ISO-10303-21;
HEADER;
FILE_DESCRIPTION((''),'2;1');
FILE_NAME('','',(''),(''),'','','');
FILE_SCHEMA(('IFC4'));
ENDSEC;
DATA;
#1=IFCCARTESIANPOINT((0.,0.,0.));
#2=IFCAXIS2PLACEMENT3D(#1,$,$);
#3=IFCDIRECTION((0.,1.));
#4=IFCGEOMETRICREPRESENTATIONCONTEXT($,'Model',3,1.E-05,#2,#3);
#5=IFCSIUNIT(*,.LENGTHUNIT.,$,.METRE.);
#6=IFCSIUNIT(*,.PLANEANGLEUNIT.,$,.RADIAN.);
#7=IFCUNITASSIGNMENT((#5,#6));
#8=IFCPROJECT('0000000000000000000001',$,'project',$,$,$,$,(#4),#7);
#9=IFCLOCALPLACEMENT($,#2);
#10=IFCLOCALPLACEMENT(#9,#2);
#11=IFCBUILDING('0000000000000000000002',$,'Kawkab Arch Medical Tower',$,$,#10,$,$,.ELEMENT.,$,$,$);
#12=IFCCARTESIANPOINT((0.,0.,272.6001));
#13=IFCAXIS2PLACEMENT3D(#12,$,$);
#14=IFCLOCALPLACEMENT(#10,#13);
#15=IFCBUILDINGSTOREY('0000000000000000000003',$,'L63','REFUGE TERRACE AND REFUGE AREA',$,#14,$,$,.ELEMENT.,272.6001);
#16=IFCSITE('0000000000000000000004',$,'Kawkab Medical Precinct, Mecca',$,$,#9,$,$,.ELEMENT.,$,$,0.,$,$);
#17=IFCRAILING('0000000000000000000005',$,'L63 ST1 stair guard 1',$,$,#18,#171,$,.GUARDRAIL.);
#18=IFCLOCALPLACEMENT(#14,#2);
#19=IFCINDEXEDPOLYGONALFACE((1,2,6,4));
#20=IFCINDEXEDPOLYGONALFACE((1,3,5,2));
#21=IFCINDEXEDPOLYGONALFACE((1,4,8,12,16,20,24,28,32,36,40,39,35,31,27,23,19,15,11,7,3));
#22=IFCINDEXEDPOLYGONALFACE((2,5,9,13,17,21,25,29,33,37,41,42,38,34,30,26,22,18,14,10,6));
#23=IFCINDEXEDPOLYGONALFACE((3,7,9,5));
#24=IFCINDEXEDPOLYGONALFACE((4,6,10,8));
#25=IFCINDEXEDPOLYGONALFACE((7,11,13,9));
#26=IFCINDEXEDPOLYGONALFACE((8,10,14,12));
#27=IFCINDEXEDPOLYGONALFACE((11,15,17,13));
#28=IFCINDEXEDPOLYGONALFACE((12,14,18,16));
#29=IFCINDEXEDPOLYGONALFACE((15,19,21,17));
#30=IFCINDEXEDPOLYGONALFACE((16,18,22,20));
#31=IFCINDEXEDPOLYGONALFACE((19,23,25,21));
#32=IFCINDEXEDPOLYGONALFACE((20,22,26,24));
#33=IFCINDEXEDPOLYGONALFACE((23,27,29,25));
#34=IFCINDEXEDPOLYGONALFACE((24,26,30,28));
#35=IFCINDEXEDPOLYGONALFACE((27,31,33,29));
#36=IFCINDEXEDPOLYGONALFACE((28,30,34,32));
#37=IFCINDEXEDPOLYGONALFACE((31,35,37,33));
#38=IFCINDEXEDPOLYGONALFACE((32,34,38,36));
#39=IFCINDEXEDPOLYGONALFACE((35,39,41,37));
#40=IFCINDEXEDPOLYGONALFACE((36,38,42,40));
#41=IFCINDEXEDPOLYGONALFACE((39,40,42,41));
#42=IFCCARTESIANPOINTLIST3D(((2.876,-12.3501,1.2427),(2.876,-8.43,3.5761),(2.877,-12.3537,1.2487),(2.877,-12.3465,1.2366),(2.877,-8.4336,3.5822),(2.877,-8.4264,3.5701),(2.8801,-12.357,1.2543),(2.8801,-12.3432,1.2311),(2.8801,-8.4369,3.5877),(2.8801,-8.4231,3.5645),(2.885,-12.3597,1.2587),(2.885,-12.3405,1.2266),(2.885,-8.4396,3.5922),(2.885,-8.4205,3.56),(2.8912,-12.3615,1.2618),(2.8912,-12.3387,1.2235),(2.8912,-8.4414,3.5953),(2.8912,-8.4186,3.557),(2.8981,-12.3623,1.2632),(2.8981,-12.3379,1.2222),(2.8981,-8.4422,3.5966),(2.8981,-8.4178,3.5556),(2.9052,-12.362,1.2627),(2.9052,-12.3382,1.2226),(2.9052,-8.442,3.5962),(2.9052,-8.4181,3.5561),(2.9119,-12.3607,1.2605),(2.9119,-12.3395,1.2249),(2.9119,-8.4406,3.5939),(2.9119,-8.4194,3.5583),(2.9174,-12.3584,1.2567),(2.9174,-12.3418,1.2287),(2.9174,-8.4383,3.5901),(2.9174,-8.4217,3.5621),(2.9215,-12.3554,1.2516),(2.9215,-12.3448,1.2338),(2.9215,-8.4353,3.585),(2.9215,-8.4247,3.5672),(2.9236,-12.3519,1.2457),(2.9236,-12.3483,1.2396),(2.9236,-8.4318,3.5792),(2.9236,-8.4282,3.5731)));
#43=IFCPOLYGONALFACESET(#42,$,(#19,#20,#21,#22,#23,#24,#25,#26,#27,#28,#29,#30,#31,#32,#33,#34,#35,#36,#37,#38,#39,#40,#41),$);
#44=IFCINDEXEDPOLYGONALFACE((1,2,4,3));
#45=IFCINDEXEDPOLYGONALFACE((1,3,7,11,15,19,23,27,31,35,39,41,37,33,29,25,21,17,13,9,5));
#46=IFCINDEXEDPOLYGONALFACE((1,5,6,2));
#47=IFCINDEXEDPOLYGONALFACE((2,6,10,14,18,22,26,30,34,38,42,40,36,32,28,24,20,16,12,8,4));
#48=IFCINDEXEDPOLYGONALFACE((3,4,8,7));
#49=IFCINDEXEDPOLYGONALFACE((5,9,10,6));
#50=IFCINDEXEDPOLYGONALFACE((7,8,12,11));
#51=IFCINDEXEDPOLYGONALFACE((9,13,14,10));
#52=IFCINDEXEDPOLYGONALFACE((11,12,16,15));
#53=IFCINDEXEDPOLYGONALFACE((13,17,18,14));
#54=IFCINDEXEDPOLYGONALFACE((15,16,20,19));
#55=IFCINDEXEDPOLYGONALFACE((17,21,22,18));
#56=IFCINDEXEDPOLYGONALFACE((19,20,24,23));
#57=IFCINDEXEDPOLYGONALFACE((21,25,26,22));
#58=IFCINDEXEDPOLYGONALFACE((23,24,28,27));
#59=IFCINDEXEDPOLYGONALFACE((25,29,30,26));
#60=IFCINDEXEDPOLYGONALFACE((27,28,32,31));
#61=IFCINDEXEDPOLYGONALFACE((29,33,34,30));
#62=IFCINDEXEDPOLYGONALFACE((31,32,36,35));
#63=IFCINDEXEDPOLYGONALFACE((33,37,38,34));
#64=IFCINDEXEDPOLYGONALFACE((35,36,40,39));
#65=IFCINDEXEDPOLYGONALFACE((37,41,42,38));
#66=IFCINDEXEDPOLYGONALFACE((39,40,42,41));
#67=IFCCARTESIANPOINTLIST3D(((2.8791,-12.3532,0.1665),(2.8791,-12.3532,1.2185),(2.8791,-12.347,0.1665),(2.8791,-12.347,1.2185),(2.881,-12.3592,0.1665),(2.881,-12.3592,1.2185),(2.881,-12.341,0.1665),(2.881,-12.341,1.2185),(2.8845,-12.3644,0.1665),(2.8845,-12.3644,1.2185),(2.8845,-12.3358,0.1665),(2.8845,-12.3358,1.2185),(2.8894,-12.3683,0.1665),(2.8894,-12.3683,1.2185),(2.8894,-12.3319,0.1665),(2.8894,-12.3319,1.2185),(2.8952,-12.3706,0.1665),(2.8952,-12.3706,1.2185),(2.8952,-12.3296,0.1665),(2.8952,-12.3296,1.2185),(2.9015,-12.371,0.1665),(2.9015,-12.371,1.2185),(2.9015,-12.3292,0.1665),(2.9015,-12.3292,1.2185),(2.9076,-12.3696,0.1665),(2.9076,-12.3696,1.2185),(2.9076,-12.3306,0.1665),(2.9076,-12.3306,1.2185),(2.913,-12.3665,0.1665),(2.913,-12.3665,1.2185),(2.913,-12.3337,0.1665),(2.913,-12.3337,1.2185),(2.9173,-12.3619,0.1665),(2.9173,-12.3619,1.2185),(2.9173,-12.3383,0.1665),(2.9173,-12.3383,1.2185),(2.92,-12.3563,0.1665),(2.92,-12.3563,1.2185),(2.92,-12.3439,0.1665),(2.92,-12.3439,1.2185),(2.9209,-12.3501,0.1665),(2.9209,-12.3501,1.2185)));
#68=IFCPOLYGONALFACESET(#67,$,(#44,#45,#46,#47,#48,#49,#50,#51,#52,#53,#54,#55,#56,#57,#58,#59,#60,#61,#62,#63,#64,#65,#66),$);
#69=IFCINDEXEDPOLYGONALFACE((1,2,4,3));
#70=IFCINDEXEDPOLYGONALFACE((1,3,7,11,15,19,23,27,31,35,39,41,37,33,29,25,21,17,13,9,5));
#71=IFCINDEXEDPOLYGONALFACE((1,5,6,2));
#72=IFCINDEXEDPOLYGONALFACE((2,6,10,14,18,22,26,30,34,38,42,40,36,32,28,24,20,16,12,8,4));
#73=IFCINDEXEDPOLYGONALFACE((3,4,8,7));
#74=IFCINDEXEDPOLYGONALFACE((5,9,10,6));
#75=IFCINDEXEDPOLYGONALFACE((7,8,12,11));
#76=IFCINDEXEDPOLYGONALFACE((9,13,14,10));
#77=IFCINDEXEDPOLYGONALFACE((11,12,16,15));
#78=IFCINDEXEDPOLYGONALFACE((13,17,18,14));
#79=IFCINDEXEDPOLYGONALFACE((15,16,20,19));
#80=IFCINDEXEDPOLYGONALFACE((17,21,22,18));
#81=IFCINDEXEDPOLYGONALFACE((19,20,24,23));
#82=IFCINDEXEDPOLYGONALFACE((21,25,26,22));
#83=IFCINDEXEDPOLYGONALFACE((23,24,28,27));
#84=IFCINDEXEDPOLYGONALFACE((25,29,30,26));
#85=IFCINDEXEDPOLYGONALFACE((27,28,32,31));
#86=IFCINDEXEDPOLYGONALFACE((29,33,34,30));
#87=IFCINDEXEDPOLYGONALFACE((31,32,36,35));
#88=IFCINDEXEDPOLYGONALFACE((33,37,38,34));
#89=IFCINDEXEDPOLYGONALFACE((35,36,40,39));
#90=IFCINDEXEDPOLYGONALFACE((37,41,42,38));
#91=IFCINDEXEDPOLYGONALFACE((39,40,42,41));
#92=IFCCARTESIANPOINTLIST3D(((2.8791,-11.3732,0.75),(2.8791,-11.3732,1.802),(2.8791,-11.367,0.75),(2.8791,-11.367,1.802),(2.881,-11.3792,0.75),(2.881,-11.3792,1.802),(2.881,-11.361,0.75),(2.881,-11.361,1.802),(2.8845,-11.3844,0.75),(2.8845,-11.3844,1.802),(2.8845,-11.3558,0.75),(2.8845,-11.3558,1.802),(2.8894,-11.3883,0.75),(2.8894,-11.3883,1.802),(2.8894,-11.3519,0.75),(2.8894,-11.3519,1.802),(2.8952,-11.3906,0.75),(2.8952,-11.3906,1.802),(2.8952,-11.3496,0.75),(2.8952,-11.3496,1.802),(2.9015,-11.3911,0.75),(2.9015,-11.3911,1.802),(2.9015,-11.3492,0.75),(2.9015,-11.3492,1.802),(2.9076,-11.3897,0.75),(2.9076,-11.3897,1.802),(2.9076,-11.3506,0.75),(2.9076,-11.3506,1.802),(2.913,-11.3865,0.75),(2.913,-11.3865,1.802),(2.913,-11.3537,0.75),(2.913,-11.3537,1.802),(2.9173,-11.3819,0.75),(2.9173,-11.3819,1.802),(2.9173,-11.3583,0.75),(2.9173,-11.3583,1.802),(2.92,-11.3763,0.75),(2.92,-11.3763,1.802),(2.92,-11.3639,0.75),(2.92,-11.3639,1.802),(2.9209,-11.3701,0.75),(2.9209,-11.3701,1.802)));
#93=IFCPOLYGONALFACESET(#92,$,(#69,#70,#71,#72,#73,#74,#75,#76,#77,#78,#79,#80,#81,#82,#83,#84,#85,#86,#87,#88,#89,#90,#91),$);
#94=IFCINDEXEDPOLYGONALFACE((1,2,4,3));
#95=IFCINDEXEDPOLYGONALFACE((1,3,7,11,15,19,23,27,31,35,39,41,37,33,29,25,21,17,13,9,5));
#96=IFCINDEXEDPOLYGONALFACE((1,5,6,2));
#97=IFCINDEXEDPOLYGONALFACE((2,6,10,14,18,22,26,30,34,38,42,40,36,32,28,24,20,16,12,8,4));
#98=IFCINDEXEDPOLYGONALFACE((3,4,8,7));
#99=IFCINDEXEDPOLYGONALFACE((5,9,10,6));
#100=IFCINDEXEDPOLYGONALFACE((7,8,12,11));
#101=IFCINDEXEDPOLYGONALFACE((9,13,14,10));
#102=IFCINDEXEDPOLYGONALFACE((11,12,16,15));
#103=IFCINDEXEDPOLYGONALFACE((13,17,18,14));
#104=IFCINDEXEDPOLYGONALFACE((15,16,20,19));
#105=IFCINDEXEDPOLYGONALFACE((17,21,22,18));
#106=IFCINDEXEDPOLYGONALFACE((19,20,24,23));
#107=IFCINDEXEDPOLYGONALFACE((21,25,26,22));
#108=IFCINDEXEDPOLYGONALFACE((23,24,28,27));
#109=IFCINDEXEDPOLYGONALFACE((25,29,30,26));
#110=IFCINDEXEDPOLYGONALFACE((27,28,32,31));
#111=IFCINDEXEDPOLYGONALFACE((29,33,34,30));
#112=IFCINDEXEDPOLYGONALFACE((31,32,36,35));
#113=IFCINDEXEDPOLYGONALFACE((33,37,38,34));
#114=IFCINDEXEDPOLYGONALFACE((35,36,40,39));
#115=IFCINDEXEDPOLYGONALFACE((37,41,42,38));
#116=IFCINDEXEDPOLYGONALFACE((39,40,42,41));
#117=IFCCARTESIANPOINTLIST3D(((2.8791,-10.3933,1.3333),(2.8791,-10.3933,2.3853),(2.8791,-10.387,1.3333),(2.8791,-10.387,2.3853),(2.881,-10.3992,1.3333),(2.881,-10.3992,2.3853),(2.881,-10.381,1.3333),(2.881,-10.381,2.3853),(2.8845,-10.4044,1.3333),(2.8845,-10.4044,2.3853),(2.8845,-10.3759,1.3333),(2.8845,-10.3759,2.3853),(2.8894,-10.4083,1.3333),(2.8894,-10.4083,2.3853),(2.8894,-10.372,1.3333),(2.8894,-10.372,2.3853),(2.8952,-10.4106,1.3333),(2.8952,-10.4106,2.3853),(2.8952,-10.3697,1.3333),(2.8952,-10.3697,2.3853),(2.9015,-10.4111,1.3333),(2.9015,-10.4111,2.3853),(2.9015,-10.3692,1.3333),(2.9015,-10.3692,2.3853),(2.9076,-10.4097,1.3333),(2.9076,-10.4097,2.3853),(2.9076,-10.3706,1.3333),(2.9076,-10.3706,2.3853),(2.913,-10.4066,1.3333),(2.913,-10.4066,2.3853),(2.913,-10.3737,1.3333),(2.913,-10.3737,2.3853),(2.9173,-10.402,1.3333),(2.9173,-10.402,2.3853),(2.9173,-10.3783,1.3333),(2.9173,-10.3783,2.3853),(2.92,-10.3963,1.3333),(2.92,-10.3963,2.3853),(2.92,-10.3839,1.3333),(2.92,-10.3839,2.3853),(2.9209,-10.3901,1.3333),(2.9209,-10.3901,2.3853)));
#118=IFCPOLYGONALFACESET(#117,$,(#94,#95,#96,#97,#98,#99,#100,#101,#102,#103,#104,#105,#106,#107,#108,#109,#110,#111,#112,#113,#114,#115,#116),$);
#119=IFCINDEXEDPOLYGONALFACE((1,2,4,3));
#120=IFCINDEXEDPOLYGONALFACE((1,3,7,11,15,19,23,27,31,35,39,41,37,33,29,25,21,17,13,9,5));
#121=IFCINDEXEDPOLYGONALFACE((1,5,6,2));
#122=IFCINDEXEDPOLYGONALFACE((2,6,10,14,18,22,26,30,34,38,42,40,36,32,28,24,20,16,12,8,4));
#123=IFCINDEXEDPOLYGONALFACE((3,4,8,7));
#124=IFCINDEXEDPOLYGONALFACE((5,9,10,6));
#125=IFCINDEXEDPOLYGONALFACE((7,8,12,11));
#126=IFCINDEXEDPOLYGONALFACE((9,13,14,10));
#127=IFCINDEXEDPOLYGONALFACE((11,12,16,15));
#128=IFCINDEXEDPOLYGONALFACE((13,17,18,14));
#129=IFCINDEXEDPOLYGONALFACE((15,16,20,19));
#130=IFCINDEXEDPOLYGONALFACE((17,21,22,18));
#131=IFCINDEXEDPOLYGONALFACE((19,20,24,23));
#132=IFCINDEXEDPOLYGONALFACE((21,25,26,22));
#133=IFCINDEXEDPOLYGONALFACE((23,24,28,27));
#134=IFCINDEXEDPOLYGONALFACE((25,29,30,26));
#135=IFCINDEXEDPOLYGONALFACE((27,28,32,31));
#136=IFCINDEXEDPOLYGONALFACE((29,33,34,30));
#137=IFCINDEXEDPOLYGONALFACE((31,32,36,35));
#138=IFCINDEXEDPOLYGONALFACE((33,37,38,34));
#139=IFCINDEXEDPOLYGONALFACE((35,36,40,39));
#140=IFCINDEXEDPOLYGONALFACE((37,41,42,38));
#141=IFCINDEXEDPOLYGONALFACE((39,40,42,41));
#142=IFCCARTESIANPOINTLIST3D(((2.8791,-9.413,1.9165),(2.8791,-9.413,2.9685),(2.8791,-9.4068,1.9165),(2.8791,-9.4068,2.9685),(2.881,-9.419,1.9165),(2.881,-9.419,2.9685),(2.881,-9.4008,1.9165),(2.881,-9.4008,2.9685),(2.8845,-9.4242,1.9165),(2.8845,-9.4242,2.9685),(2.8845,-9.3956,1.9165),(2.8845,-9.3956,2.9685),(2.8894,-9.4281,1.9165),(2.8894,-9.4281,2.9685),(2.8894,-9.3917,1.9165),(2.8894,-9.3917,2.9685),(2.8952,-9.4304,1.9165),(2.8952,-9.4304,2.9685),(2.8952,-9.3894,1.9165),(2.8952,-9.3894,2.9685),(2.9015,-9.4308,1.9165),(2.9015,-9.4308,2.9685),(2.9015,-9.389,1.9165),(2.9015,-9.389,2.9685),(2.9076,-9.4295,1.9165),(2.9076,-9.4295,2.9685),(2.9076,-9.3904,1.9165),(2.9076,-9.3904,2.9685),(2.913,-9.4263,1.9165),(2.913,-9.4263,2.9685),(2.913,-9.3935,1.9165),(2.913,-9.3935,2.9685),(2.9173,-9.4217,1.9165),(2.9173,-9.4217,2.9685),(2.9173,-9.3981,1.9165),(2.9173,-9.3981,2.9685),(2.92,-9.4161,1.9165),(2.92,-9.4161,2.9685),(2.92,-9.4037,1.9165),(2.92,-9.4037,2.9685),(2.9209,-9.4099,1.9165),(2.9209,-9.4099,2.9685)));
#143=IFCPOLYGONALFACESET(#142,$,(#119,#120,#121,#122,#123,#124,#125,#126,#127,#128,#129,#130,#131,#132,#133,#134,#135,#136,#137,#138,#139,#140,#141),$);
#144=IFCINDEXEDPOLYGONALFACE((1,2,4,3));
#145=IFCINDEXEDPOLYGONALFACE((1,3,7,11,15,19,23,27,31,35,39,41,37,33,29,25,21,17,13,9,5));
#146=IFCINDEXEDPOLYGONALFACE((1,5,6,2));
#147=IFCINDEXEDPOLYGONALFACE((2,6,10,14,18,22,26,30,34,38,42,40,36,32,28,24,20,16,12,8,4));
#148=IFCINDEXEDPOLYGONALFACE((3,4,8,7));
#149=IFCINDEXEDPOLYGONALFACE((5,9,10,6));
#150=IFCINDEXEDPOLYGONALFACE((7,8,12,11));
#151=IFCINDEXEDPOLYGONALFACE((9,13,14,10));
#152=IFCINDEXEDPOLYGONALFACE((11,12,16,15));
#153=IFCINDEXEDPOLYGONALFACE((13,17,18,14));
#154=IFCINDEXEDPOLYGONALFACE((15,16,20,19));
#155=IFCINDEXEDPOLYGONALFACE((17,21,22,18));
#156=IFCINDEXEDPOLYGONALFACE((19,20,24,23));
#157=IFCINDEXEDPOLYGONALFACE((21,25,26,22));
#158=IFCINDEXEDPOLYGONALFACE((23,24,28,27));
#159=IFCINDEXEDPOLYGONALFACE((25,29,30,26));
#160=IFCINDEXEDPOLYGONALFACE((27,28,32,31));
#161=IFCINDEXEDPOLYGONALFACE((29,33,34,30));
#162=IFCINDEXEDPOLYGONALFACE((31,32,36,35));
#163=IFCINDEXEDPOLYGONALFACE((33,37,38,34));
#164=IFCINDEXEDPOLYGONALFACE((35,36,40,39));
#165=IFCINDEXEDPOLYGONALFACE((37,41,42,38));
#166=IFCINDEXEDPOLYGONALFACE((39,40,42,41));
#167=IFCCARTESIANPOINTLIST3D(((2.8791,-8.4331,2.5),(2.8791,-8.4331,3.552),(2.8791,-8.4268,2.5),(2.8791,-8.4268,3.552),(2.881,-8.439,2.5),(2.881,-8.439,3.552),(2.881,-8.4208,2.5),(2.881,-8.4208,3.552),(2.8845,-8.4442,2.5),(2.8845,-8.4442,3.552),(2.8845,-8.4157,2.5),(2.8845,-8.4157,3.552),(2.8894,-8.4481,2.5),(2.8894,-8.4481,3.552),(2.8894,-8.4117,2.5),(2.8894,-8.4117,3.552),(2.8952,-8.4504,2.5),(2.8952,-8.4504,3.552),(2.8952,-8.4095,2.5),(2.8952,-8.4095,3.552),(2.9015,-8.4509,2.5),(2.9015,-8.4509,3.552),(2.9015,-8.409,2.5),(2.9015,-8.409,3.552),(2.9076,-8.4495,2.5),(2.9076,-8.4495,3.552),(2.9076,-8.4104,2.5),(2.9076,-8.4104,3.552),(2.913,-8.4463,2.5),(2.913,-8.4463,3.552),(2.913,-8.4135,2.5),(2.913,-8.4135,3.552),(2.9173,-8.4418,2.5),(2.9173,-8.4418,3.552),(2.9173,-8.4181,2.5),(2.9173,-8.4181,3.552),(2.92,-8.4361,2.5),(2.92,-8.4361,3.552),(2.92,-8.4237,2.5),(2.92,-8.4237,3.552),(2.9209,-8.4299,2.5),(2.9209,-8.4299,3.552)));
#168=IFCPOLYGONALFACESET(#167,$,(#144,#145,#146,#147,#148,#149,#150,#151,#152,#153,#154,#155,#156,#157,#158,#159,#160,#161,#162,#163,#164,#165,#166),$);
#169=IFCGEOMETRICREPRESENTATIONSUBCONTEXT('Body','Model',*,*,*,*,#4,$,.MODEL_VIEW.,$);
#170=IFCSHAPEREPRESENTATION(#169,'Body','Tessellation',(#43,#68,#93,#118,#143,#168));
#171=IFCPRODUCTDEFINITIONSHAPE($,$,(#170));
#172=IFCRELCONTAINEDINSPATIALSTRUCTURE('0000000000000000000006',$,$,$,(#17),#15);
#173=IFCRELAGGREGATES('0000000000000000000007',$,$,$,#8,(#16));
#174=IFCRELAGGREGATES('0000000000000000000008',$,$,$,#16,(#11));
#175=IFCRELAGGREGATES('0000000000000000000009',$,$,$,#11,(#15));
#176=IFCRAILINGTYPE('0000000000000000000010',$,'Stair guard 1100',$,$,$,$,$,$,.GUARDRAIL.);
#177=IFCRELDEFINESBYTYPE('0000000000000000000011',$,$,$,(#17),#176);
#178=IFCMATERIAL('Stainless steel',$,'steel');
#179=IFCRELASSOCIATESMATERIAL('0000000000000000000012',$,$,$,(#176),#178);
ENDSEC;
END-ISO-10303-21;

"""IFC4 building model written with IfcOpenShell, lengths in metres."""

from ifc_helpers import new_model, si_unit, direction, frame, origin, origin_2d, place, context, subcontext, project, spatial, circle, extrude, material, type_object, element, save


model = new_model("IFC4")

# Units and contexts
model_context = context("Model", 3, precision=1e-05, world=origin(), true_north=direction((0.0, 1.0)))
body_context = subcontext(model_context, "Body", "Model", "MODEL_VIEW")
ifc_project = project(units=[si_unit("LENGTHUNIT", "METRE"), si_unit("PLANEANGLEUNIT", "RADIAN")], contexts=[model_context])

# Site, building, storey
site_placement = place(None, origin())
site = spatial("IfcSite", under=ifc_project, at=site_placement, Name="Kawkab Medical Precinct, Mecca", CompositionType="ELEMENT", RefElevation=0.0)
building_placement = place(site_placement, origin())
building = spatial("IfcBuilding", under=site, at=building_placement, Name="Kawkab Arch Medical Tower", CompositionType="ELEMENT")
storey_placement = place(building_placement, frame((0.0, 0.0, 272.6001)))
storey = spatial("IfcBuildingStorey", under=building, at=storey_placement, Name="L63", Description="REFUGE TERRACE AND REFUGE AREA", CompositionType="ELEMENT", Elevation=272.6001)

# Railing
ifc_material_1 = material(Name="Stainless steel", Category="steel")
railing_type = type_object("IfcRailingType", Name="Stair guard 1100", PredefinedType="GUARDRAIL", material=ifc_material_1)
railing_1_placement = place(storey_placement, frame((2.8999, -12.3501, 0.1665)))
element("IfcRailing", 1, at=railing_1_placement, inside=storey, type_object=railing_type, Name="L63 ST1 stair guard 1", PredefinedType="GUARDRAIL", context=body_context, shape_type="SweptSolid", body=[
    extrude(circle(Radius=0.0239, at=origin_2d()), frame((0.0, 0.0, 1.0762), z_axis=(0.0, 0.859287, 0.511494), x_axis=(-1.0, 0.0, 0.0)), (0.0, 0.0, 1.0), 4.562),
    extrude(circle(Radius=0.021, at=origin_2d()), origin(), (0.0, 0.0, 1.0), 1.052),
    extrude(circle(Radius=0.021, at=origin_2d()), frame((0.0, 0.98, 0.5835)), (0.0, 0.0, 1.0), 1.052),
    extrude(circle(Radius=0.021, at=origin_2d()), frame((0.0, 1.96, 1.1667)), (0.0, 0.0, 1.0), 1.052),
    extrude(circle(Radius=0.021, at=origin_2d()), frame((0.0, 2.9402, 1.75)), (0.0, 0.0, 1.0), 1.052),
    extrude(circle(Radius=0.021, at=origin_2d()), frame((0.0, 3.9202, 2.3335)), (0.0, 0.0, 1.0), 1.052),
])

save(model, "model.ifc")
